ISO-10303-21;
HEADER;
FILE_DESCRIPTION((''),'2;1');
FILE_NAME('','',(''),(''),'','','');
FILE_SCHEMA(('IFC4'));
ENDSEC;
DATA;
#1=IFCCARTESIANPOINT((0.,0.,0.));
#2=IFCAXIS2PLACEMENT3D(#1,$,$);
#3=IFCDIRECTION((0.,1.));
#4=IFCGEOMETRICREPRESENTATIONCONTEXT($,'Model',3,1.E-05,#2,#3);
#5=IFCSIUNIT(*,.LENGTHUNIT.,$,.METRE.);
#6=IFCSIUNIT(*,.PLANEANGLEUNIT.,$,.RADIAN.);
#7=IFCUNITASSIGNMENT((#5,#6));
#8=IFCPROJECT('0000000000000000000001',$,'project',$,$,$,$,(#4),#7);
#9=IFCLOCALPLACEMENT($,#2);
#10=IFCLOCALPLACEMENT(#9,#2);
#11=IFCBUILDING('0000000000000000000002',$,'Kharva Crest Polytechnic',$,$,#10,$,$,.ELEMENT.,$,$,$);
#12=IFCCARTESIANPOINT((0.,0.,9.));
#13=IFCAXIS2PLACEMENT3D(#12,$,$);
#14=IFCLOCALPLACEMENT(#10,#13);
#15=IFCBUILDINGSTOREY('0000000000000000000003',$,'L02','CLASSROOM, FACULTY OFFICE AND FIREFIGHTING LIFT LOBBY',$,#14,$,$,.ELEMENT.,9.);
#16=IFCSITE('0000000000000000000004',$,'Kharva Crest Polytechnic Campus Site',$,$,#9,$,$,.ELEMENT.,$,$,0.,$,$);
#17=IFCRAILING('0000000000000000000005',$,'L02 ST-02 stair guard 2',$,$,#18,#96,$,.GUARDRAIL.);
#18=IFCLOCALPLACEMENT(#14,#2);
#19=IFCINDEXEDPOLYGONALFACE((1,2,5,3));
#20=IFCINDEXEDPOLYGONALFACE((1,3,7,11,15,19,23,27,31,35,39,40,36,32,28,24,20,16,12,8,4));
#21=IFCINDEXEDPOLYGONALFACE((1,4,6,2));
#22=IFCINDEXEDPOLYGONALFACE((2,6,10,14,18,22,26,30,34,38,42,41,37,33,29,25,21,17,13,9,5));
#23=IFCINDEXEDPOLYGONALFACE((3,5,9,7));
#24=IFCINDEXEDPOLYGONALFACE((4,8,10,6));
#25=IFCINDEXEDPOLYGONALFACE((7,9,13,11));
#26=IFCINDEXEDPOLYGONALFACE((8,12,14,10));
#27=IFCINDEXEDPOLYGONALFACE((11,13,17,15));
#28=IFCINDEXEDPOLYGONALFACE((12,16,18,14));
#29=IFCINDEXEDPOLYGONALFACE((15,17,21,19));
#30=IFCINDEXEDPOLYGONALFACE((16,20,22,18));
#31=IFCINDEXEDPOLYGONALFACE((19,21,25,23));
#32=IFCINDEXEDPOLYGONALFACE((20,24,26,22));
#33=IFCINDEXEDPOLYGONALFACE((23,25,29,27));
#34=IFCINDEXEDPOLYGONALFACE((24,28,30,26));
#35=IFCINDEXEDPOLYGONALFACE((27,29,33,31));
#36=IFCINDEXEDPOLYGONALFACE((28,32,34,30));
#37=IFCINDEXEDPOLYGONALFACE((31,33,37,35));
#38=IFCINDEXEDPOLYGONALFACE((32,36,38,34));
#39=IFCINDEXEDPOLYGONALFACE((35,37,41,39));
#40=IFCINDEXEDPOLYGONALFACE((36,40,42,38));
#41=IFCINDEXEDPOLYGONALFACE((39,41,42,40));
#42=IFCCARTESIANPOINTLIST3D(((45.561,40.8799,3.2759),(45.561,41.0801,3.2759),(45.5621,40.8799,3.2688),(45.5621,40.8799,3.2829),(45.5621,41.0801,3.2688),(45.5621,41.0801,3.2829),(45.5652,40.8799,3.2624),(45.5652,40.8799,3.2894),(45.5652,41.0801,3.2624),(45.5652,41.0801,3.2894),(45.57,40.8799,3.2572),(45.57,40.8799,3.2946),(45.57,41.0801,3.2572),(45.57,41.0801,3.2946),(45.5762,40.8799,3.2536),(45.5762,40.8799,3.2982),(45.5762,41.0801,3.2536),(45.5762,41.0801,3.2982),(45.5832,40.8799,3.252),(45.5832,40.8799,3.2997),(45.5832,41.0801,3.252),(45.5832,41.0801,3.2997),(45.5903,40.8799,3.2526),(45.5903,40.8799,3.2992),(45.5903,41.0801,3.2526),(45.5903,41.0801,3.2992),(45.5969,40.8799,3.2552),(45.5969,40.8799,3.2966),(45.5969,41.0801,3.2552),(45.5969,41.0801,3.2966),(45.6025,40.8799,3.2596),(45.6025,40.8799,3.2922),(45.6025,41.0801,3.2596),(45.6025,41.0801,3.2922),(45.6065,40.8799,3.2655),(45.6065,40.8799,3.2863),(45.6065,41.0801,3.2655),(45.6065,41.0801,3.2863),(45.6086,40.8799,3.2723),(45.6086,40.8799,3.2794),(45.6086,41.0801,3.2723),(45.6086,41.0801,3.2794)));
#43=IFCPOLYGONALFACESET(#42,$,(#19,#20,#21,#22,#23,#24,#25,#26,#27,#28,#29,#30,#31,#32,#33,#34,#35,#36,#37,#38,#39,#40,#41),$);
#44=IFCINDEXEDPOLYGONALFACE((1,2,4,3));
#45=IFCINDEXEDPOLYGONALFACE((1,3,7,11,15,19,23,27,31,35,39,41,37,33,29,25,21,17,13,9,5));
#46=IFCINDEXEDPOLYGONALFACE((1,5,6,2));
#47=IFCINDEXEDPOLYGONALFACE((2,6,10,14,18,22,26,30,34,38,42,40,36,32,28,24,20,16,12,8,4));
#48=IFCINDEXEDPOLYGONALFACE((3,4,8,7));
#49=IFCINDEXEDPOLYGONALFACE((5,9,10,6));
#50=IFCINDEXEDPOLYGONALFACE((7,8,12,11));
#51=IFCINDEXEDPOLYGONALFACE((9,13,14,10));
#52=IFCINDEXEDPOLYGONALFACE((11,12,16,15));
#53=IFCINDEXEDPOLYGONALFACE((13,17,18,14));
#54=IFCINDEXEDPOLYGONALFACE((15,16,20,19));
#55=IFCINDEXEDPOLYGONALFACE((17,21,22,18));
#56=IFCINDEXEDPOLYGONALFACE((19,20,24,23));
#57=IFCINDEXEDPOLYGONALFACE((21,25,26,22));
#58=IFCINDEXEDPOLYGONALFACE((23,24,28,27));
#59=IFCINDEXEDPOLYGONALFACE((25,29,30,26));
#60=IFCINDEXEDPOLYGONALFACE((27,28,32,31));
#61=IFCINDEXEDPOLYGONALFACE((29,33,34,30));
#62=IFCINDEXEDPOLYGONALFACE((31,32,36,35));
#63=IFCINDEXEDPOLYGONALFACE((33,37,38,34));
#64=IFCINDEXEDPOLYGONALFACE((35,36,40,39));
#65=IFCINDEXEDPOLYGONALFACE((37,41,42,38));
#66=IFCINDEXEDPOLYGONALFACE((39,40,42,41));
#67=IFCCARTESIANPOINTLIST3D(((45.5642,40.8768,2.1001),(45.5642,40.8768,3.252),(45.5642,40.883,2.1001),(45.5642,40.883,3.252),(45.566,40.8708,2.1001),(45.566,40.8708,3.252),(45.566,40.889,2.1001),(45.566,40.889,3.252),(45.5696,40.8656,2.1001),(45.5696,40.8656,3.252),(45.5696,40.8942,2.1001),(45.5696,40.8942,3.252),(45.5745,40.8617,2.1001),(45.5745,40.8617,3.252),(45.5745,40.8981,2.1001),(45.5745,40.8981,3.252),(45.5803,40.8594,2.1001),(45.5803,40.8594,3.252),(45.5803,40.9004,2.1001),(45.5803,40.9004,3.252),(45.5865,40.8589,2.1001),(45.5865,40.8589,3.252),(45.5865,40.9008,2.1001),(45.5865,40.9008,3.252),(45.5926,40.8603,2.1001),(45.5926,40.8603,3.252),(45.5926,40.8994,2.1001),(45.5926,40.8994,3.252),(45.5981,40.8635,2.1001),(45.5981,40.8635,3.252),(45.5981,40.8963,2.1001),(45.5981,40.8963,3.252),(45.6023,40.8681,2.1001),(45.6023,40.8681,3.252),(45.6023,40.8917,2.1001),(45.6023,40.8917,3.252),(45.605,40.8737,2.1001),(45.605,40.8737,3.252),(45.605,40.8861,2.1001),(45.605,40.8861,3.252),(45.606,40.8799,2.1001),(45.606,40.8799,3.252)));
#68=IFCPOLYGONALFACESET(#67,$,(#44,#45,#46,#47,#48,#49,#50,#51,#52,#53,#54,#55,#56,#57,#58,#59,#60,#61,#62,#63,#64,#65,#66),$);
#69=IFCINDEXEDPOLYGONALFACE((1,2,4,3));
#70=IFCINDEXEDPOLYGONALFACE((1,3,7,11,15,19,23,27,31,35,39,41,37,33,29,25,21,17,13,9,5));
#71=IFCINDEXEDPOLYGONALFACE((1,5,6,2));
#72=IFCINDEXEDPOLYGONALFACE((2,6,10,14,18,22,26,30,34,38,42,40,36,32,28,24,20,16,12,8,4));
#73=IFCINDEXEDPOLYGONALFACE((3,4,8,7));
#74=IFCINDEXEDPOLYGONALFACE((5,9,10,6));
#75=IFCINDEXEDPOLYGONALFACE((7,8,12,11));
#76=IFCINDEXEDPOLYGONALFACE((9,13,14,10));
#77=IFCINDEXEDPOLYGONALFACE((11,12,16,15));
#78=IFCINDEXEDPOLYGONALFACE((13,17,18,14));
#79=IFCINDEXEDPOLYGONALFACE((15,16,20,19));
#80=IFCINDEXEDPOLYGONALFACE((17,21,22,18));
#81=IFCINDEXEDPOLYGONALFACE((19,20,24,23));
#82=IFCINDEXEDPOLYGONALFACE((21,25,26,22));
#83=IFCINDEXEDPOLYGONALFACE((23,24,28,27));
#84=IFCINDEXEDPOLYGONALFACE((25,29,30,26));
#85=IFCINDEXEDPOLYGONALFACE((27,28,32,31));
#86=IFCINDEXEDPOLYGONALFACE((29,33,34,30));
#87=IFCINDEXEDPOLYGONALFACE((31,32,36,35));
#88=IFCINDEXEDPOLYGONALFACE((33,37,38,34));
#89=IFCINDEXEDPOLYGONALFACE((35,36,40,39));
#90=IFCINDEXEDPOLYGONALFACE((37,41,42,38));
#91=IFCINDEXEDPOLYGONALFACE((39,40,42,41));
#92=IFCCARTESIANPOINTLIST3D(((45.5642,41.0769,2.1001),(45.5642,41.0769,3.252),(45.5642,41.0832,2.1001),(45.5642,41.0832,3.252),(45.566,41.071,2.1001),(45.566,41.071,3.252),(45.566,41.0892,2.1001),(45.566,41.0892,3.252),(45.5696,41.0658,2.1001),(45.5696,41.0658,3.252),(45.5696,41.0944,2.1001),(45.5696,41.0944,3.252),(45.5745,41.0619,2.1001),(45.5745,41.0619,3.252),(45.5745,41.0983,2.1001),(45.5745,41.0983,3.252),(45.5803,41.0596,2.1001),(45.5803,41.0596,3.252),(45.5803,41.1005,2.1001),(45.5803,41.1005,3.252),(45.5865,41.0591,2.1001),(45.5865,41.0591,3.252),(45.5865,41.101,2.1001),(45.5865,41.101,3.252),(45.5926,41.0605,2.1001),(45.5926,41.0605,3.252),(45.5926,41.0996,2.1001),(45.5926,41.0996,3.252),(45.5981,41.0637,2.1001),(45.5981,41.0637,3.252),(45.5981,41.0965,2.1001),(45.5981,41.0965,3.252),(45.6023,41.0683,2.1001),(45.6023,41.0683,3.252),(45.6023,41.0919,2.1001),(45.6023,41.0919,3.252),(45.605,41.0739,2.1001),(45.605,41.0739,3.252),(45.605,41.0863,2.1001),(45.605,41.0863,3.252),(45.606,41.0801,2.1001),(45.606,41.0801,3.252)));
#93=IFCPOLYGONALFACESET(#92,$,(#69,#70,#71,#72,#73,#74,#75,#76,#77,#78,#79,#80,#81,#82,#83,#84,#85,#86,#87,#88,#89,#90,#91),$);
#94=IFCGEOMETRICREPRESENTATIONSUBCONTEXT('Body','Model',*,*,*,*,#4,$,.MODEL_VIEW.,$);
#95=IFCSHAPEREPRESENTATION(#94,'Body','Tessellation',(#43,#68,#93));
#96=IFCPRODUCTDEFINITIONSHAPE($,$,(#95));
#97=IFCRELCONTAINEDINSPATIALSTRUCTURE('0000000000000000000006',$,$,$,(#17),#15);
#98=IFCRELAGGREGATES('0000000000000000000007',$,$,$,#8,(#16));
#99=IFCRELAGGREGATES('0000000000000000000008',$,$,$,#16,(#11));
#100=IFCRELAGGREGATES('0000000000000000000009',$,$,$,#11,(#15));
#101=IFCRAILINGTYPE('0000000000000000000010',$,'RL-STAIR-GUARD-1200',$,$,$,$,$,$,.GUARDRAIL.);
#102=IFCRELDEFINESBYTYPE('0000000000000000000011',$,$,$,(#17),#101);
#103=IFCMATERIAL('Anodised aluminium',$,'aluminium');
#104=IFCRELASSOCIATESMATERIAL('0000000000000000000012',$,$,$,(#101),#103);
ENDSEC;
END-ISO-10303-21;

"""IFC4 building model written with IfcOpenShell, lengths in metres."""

from ifc_helpers import new_model, si_unit, direction, frame, origin, origin_2d, place, context, subcontext, project, spatial, circle, extrude, material, type_object, element, save


model = new_model("IFC4")

# Units and contexts
model_context = context("Model", 3, precision=1e-05, world=origin(), true_north=direction((0.0, 1.0)))
body_context = subcontext(model_context, "Body", "Model", "MODEL_VIEW")
ifc_project = project(units=[si_unit("LENGTHUNIT", "METRE"), si_unit("PLANEANGLEUNIT", "RADIAN")], contexts=[model_context])

# Site, building, storey
site_placement = place(None, origin())
site = spatial("IfcSite", under=ifc_project, at=site_placement, Name="Kharva Crest Polytechnic Campus Site", CompositionType="ELEMENT", RefElevation=0.0)
building_placement = place(site_placement, origin())
building = spatial("IfcBuilding", under=site, at=building_placement, Name="Kharva Crest Polytechnic", CompositionType="ELEMENT")
storey_placement = place(building_placement, frame((0.0, 0.0, 9.0)))
storey = spatial("IfcBuildingStorey", under=building, at=storey_placement, Name="L02", Description="CLASSROOM, FACULTY OFFICE AND FIREFIGHTING LIFT LOBBY", CompositionType="ELEMENT", Elevation=9.0)

# Shared definitions
ifc_material_1 = material(Name="Anodised aluminium", Category="aluminium")

# Railing
railing_type_1 = type_object("IfcRailingType", Name="RL-STAIR-GUARD-1200", PredefinedType="GUARDRAIL", material=ifc_material_1)
railing_1_placement = place(storey_placement, frame((45.585, 40.8799, 2.1001)))
element("IfcRailing", 1, at=railing_1_placement, inside=storey, type_object=railing_type_1, Name="L02 ST-02 stair guard 2", PredefinedType="GUARDRAIL", context=body_context, shape_type="SweptSolid", body=[
    extrude(circle(Radius=0.0239, at=origin_2d()), frame((0.0, 0.0, 1.1758), z_axis=(0.0, 1.0, 0.0), x_axis=(-1.0, 0.0, 0.0)), (0.0, 0.0, 1.0), 0.2002),
    extrude(circle(Radius=0.021, at=origin_2d()), origin(), (0.0, 0.0, 1.0), 1.1519),
    extrude(circle(Radius=0.021, at=origin_2d()), frame((0.0, 0.2002, 0.0)), (0.0, 0.0, 1.0), 1.1519),
])

save(model, "model.ifc")
